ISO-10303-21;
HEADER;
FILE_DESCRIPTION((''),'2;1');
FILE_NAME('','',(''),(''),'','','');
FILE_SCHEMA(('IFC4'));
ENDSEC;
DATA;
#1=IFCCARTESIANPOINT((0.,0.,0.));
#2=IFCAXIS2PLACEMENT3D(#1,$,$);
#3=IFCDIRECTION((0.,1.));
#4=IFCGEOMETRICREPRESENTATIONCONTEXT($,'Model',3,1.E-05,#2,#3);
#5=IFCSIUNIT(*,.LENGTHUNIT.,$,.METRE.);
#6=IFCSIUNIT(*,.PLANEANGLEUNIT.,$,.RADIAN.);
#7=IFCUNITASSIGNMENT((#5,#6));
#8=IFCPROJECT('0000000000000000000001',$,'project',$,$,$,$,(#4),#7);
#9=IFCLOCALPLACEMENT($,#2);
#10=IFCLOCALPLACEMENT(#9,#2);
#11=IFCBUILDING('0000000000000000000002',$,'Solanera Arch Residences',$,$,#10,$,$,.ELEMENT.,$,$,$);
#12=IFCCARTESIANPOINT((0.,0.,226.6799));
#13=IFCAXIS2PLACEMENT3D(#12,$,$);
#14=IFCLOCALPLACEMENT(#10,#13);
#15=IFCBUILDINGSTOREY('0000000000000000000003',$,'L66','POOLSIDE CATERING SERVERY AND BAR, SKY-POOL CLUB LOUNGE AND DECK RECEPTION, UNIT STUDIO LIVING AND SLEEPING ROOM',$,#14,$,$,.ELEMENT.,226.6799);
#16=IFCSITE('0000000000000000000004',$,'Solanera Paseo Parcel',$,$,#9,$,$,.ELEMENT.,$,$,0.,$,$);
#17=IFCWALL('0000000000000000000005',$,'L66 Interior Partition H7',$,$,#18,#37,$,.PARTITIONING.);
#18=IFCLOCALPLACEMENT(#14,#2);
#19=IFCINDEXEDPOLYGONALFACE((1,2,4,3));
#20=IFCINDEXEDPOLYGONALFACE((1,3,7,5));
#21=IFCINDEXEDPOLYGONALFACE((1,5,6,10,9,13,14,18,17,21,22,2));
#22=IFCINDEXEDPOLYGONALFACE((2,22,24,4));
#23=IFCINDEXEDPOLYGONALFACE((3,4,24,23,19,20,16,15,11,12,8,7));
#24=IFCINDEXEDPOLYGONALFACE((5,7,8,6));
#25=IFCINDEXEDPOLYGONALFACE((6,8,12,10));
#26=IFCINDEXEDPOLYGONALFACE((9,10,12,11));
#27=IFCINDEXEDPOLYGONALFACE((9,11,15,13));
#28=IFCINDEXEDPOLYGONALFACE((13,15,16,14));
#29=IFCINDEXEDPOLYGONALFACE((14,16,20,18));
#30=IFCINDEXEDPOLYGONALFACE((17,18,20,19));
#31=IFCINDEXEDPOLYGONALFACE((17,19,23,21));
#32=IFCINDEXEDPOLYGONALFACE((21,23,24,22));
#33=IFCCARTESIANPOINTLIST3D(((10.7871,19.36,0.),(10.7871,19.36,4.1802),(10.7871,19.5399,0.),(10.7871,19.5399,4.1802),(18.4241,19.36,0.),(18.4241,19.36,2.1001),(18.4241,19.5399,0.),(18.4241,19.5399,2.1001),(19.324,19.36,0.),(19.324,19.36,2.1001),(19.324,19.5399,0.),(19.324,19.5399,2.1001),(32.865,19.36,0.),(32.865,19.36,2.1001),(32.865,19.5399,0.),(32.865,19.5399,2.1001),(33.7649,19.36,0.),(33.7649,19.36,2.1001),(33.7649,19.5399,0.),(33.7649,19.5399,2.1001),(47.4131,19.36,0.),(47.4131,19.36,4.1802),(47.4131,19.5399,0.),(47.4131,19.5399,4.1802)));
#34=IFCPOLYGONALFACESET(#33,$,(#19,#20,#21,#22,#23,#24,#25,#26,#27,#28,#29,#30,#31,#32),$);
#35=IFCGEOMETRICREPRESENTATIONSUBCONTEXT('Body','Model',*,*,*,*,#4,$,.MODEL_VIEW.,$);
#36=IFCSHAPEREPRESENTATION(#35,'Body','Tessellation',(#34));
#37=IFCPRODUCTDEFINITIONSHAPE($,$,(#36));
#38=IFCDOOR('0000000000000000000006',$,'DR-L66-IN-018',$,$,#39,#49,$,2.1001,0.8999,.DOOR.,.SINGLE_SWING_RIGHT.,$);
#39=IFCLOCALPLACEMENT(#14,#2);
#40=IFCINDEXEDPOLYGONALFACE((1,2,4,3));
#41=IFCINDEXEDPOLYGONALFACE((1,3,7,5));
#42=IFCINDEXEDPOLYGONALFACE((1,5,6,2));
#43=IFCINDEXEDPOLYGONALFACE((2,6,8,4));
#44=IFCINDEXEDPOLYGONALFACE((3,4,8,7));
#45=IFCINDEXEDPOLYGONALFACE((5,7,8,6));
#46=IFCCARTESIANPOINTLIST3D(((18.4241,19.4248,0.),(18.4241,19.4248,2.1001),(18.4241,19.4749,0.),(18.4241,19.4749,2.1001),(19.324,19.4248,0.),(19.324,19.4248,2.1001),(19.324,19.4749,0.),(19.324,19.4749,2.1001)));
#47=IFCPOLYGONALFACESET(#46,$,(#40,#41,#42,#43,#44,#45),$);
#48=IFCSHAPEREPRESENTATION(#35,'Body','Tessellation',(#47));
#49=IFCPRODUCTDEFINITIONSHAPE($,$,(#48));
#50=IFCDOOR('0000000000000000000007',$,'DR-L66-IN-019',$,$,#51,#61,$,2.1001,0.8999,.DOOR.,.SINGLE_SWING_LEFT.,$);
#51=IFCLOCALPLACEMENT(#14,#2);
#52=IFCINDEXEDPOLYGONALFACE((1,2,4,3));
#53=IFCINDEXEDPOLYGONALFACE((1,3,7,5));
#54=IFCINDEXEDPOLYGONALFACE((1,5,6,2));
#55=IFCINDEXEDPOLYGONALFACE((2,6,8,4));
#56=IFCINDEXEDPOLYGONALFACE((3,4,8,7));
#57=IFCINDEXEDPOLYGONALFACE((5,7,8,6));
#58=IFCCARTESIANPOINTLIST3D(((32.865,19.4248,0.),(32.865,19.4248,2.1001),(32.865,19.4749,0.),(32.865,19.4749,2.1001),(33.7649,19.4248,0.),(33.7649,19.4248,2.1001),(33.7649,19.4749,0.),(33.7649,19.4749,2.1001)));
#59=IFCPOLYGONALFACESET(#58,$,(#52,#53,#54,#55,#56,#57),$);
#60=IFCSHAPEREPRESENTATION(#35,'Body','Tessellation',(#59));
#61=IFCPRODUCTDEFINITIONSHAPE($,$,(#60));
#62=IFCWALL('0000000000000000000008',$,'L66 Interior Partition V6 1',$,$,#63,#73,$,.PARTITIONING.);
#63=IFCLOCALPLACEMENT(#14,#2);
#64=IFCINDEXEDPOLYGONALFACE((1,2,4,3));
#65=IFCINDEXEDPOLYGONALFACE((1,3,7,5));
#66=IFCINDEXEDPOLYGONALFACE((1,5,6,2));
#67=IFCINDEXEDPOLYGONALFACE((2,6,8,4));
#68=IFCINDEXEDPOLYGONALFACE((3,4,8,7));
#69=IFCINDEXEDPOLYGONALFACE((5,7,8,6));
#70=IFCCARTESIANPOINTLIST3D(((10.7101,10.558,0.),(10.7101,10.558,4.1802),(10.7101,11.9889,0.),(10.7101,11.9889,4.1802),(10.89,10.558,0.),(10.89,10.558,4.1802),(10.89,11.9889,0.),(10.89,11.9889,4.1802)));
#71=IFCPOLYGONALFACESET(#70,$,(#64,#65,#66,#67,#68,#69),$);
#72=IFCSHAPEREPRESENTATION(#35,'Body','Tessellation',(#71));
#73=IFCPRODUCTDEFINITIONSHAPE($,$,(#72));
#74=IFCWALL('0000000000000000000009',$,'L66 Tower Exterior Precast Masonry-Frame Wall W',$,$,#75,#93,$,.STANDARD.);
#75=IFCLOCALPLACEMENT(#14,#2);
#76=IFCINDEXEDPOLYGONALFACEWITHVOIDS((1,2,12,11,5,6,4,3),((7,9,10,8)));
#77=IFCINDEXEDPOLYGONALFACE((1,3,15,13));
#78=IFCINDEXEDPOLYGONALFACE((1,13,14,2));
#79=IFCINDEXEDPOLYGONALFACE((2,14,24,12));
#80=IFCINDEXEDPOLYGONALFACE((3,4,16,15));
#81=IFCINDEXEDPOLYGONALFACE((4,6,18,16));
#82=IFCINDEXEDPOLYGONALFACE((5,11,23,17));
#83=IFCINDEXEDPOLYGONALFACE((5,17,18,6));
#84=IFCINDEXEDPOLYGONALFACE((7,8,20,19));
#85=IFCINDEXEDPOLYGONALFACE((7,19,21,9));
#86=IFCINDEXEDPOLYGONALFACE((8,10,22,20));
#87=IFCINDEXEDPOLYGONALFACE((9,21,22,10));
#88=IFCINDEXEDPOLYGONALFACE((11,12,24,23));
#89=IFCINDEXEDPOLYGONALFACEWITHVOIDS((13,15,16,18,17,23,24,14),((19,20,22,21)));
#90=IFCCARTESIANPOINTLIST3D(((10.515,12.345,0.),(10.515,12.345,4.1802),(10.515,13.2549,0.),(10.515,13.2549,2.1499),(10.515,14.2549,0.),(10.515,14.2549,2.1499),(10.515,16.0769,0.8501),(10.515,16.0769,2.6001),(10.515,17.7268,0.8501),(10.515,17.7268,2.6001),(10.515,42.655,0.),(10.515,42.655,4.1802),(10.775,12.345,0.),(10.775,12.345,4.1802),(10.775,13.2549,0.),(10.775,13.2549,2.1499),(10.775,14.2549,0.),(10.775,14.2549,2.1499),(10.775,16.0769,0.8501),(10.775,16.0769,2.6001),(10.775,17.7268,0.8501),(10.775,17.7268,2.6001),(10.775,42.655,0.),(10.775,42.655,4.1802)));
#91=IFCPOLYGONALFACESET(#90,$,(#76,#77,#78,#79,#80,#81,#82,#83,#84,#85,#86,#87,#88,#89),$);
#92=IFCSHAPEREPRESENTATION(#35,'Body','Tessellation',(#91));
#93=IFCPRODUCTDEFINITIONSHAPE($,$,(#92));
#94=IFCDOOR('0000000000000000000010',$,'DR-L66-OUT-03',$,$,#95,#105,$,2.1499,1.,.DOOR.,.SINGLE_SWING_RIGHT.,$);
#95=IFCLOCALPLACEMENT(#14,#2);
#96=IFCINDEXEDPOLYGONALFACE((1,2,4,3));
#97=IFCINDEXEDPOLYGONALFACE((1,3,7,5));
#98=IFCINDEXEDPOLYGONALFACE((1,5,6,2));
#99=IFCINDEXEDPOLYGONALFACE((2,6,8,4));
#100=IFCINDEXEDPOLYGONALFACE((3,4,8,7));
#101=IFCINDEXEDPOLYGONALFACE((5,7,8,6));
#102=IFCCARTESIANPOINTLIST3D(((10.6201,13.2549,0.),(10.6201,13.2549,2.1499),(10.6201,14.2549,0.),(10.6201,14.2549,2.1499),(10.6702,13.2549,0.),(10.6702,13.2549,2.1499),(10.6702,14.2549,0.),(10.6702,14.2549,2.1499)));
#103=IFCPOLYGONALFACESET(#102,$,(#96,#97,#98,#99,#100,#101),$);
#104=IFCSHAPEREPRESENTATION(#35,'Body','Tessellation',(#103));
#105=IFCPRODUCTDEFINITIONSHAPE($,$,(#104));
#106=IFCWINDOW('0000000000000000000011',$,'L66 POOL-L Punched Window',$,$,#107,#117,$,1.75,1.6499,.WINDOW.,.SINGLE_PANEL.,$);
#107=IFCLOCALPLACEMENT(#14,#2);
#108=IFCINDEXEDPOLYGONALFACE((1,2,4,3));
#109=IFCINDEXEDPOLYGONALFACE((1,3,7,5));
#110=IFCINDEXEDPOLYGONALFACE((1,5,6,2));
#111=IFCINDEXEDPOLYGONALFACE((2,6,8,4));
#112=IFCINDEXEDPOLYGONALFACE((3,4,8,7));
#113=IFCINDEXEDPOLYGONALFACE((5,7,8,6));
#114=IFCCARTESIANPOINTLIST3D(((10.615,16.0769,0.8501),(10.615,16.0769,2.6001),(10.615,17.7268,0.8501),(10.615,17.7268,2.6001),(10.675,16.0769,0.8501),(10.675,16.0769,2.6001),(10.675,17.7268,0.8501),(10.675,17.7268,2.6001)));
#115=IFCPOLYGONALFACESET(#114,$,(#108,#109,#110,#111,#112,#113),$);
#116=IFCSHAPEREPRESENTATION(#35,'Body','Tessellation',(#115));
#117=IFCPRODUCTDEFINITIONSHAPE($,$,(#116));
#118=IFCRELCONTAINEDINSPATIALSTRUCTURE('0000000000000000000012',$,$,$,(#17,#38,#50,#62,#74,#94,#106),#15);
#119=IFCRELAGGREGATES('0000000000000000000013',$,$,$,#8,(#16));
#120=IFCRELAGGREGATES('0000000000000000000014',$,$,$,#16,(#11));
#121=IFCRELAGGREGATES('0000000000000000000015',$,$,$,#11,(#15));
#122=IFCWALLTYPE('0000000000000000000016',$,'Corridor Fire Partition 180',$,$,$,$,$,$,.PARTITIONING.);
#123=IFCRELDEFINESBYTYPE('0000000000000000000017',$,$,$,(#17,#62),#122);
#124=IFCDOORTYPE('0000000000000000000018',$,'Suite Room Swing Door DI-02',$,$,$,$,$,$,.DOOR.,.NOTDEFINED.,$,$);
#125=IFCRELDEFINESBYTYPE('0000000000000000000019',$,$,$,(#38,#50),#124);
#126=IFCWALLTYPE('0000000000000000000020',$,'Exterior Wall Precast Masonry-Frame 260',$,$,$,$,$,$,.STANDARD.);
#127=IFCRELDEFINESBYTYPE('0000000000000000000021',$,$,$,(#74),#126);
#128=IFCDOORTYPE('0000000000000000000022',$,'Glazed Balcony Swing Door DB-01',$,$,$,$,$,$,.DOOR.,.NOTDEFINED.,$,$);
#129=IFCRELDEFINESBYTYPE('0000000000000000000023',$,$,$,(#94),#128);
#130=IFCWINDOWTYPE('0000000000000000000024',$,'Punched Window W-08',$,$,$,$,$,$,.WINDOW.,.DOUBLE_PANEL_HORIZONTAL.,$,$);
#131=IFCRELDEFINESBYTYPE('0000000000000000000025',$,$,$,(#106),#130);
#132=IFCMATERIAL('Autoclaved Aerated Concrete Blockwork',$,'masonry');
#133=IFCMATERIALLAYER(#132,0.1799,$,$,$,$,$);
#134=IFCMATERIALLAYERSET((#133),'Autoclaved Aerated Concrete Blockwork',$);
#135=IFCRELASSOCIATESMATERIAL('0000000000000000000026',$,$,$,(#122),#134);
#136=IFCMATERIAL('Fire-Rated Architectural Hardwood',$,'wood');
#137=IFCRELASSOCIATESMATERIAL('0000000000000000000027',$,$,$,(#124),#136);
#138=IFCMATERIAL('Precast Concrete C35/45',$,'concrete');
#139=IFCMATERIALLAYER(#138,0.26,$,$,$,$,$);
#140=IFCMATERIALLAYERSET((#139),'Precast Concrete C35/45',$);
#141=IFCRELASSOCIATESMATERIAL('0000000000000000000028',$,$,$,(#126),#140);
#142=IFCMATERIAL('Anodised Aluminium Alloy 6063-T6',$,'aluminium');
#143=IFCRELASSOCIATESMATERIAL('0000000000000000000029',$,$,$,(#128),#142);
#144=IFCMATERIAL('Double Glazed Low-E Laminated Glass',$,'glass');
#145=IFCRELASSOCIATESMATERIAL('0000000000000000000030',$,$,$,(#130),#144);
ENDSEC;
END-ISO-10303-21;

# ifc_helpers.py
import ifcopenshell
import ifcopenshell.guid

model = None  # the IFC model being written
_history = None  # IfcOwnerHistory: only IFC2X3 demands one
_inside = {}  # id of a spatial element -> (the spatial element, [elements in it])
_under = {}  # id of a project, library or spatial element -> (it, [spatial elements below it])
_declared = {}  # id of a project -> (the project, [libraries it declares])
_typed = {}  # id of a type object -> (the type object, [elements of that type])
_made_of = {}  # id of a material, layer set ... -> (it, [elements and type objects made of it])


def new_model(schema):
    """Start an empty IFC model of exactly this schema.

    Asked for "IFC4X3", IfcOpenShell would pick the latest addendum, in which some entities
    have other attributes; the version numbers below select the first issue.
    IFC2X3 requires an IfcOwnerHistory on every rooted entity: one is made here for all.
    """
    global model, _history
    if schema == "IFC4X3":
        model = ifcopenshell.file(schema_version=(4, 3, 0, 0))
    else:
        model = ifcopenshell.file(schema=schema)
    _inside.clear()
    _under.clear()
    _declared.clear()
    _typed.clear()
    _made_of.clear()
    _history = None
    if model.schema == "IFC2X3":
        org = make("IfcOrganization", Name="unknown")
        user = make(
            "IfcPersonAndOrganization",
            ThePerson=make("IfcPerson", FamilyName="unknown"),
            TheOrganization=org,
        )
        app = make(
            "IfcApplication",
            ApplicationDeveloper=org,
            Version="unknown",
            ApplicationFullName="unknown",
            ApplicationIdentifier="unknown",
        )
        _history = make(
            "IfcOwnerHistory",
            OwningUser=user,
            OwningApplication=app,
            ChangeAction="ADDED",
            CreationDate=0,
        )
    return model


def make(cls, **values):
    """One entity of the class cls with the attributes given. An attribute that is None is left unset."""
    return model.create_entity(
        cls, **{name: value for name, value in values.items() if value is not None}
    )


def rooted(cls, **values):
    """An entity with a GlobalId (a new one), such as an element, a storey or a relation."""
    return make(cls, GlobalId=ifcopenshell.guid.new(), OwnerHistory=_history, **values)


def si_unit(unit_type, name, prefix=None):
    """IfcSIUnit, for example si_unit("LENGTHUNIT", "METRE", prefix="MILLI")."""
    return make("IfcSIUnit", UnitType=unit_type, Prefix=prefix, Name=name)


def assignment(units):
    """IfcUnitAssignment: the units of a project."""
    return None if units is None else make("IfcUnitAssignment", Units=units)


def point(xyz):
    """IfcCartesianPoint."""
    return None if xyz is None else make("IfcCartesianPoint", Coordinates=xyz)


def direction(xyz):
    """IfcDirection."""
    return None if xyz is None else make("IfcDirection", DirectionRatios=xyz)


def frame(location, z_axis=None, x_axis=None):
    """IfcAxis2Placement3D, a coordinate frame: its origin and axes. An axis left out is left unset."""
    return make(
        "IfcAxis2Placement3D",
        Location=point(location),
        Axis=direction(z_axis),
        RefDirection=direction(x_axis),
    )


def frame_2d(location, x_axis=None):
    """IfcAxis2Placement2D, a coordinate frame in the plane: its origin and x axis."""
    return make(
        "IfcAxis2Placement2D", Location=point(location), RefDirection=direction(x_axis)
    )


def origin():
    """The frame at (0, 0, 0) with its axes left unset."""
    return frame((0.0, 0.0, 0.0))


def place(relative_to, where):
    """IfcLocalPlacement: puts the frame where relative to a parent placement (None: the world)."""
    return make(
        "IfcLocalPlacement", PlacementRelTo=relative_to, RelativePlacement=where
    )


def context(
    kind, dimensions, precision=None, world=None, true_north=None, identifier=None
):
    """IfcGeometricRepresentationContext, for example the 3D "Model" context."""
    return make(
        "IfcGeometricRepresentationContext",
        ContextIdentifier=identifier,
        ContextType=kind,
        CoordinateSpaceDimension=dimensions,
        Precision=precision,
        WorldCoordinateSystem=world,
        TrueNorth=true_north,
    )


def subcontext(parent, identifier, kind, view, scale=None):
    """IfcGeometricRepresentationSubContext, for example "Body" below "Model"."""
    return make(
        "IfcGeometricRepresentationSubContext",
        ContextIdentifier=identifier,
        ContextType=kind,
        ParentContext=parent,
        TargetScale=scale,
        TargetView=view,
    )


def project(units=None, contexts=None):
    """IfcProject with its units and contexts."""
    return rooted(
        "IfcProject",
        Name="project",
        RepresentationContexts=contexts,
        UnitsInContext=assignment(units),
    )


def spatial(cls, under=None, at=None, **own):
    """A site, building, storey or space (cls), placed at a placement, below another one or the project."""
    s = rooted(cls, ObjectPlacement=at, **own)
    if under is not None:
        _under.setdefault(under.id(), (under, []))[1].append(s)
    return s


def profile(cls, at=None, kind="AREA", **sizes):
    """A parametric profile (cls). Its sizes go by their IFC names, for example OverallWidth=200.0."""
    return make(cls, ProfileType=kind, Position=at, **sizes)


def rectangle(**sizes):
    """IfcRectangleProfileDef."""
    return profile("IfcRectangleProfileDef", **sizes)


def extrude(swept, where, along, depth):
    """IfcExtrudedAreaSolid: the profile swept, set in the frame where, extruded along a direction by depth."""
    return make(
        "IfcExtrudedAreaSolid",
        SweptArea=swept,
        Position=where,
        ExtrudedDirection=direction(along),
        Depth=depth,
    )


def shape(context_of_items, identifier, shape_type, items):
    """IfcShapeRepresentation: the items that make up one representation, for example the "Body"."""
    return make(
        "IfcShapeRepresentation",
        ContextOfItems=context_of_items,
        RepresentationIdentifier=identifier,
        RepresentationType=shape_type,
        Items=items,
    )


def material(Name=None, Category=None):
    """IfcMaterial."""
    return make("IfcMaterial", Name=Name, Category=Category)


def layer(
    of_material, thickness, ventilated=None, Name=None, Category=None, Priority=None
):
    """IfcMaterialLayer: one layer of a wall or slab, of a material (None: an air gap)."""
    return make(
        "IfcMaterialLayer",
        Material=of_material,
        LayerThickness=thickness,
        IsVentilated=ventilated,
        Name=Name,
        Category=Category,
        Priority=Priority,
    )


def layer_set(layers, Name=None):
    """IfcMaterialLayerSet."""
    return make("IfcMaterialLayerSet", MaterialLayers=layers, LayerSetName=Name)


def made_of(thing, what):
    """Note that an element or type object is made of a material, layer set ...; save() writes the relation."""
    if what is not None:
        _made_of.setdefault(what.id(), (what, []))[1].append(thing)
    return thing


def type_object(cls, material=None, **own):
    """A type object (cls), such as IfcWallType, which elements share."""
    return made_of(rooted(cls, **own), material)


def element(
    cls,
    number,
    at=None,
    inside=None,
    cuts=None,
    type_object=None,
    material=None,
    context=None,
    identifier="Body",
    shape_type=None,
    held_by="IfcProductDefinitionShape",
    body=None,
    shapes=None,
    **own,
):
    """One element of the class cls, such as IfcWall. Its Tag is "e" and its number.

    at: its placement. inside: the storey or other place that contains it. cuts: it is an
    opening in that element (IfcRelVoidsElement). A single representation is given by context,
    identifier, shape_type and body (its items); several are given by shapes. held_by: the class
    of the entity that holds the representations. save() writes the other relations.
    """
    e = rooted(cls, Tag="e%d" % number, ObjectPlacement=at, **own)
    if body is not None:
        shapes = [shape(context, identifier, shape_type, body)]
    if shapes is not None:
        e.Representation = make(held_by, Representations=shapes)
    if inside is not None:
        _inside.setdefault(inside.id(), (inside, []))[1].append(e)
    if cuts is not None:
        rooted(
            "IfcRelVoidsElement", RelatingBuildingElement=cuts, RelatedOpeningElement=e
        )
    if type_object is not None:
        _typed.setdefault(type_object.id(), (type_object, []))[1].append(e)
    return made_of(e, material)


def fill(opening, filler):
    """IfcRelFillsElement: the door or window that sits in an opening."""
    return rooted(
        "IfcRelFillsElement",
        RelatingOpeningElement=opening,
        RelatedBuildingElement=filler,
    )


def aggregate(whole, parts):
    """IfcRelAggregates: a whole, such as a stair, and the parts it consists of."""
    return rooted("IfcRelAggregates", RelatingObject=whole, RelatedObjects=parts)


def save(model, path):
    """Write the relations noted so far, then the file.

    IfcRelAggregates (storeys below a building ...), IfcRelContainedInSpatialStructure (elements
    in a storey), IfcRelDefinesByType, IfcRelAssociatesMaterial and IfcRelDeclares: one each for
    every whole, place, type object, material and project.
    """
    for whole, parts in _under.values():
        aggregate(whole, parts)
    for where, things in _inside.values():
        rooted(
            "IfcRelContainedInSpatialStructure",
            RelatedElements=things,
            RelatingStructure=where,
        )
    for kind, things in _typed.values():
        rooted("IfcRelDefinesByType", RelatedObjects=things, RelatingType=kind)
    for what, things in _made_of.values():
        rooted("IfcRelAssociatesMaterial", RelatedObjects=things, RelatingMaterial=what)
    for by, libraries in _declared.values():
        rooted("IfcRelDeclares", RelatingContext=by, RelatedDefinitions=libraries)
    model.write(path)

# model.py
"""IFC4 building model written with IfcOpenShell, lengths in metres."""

from ifc_helpers import new_model, si_unit, direction, frame, frame_2d, origin, place, context, subcontext, project, spatial, rectangle, extrude, material, layer, layer_set, type_object, element, fill, save


model = new_model("IFC4")

# Units and contexts
model_context = context("Model", 3, precision=1e-05, world=origin(), true_north=direction((0.0, 1.0)))
body_context = subcontext(model_context, "Body", "Model", "MODEL_VIEW")
ifc_project = project(units=[si_unit("LENGTHUNIT", "METRE"), si_unit("PLANEANGLEUNIT", "RADIAN")], contexts=[model_context])

# Site, building, storey
site_placement = place(None, origin())
site = spatial("IfcSite", under=ifc_project, at=site_placement, Name="Solanera Paseo Parcel", CompositionType="ELEMENT", RefElevation=0.0)
building_placement = place(site_placement, origin())
building = spatial("IfcBuilding", under=site, at=building_placement, Name="Solanera Arch Residences", CompositionType="ELEMENT")
storey_placement = place(building_placement, frame((0.0, 0.0, 226.6799)))
storey = spatial("IfcBuildingStorey", under=building, at=storey_placement, Name="L66", Description="POOLSIDE CATERING SERVERY AND BAR, SKY-POOL CLUB LOUNGE AND DECK RECEPTION, UNIT STUDIO LIVING AND SLEEPING ROOM", CompositionType="ELEMENT", Elevation=226.6799)

# Wall, openings, doors
ifc_material_1 = material(Name="Autoclaved Aerated Concrete Blockwork", Category="masonry")
ifc_layer_1 = layer(ifc_material_1, 0.1799)
ifc_layer_set_1 = layer_set([ifc_layer_1], Name="Autoclaved Aerated Concrete Blockwork")
wall_type_1 = type_object("IfcWallType", Name="Corridor Fire Partition 180", PredefinedType="PARTITIONING", material=ifc_layer_set_1)
wall_1_placement = place(storey_placement, frame((10.7871, 19.45, 0.0), z_axis=(0.0, 0.0, 1.0), x_axis=(1.0, 0.0, 0.0)))
wall_1 = element("IfcWall", 1, at=wall_1_placement, inside=storey, type_object=wall_type_1, Name="L66 Interior Partition H7", PredefinedType="PARTITIONING", context=body_context, shape_type="SweptSolid", body=[
    extrude(rectangle(XDim=36.626, YDim=0.1799, at=frame_2d((18.313, 0.0))), origin(), (0.0, 0.0, 1.0), 4.1802),
])
opening_1_placement = place(wall_1_placement, frame((7.637, 0.0, 0.0)))
opening_1 = element("IfcOpeningElement", 2, at=opening_1_placement, cuts=wall_1, PredefinedType="OPENING", context=body_context, shape_type="SweptSolid", body=[
    extrude(rectangle(XDim=0.8999, YDim=2.1001, at=frame_2d((0.45, 1.05))), frame((0.0, 0.1001, 0.0), z_axis=(0.0, -1.0, 0.0), x_axis=(1.0, 0.0, 0.0)), (0.0, 0.0, 1.0), 0.1999),
])
opening_2_placement = place(wall_1_placement, frame((22.0779, 0.0, 0.0)))
opening_2 = element("IfcOpeningElement", 3, at=opening_2_placement, cuts=wall_1, PredefinedType="OPENING", context=body_context, shape_type="SweptSolid", body=[
    extrude(rectangle(XDim=0.8999, YDim=2.1001, at=frame_2d((0.45, 1.05))), frame((0.0, 0.1001, 0.0), z_axis=(0.0, -1.0, 0.0), x_axis=(1.0, 0.0, 0.0)), (0.0, 0.0, 1.0), 0.1999),
])
ifc_material_2 = material(Name="Fire-Rated Architectural Hardwood", Category="wood")
door_type_1 = type_object("IfcDoorType", Name="Suite Room Swing Door DI-02", OperationType="NOTDEFINED", PredefinedType="DOOR", material=ifc_material_2)
door_1_placement = place(opening_1_placement, origin())
door_1 = element("IfcDoor", 4, at=door_1_placement, inside=storey, type_object=door_type_1, Name="DR-L66-IN-018", OperationType="SINGLE_SWING_RIGHT", OverallHeight=2.1001, OverallWidth=0.8999, PredefinedType="DOOR", context=body_context, shape_type="SweptSolid", body=[
    extrude(rectangle(XDim=0.8999, YDim=2.1001, at=frame_2d((0.45, 1.05))), frame((0.0, 0.0249, 0.0), z_axis=(0.0, -1.0, 0.0), x_axis=(1.0, 0.0, 0.0)), (0.0, 0.0, 1.0), 0.05),
])
fill(opening_1, door_1)
door_2_placement = place(opening_2_placement, origin())
door_2 = element("IfcDoor", 5, at=door_2_placement, inside=storey, type_object=door_type_1, Name="DR-L66-IN-019", OperationType="SINGLE_SWING_LEFT", OverallHeight=2.1001, OverallWidth=0.8999, PredefinedType="DOOR", context=body_context, shape_type="SweptSolid", body=[
    extrude(rectangle(XDim=0.8999, YDim=2.1001, at=frame_2d((0.45, 1.05))), frame((0.0, 0.0249, 0.0), z_axis=(0.0, -1.0, 0.0), x_axis=(1.0, 0.0, 0.0)), (0.0, 0.0, 1.0), 0.05),
])
fill(opening_2, door_2)

# Wall
wall_2_placement = place(storey_placement, frame((10.8, 10.5581, 0.0), z_axis=(0.0, 0.0, 1.0), x_axis=(0.0, 1.0, 0.0)))
element("IfcWall", 6, at=wall_2_placement, inside=storey, type_object=wall_type_1, Name="L66 Interior Partition V6 1", PredefinedType="PARTITIONING", context=body_context, shape_type="SweptSolid", body=[
    extrude(rectangle(XDim=1.4309, YDim=0.1799, at=frame_2d((0.7153, 0.0))), origin(), (0.0, 0.0, 1.0), 4.1802),
])

# Wall, openings, door, window
ifc_material_3 = material(Name="Precast Concrete C35/45", Category="concrete")
ifc_layer_2 = layer(ifc_material_3, 0.26)
ifc_layer_set_2 = layer_set([ifc_layer_2], Name="Precast Concrete C35/45")
wall_type_2 = type_object("IfcWallType", Name="Exterior Wall Precast Masonry-Frame 260", PredefinedType="STANDARD", material=ifc_layer_set_2)
wall_3_placement = place(storey_placement, frame((10.645, 12.345, 0.0), z_axis=(0.0, 0.0, 1.0), x_axis=(0.0, 1.0, 0.0)))
wall_3 = element("IfcWall", 7, at=wall_3_placement, inside=storey, type_object=wall_type_2, Name="L66 Tower Exterior Precast Masonry-Frame Wall W", PredefinedType="STANDARD", context=body_context, shape_type="SweptSolid", body=[
    extrude(rectangle(XDim=30.3101, YDim=0.26, at=frame_2d((15.155, 0.0))), origin(), (0.0, 0.0, 1.0), 4.1802),
])
opening_3_placement = place(wall_3_placement, frame((0.9099, 0.0, 0.0)))
opening_3 = element("IfcOpeningElement", 8, at=opening_3_placement, cuts=wall_3, PredefinedType="OPENING", context=body_context, shape_type="SweptSolid", body=[
    extrude(rectangle(XDim=1.0, YDim=2.1499, at=frame_2d((0.5, 1.075))), frame((0.0, 0.1399, 0.0), z_axis=(0.0, -1.0, 0.0), x_axis=(1.0, 0.0, 0.0)), (0.0, 0.0, 1.0), 0.28),
])
opening_4_placement = place(wall_3_placement, frame((3.7319, 0.0, 0.8501)))
opening_4 = element("IfcOpeningElement", 9, at=opening_4_placement, cuts=wall_3, PredefinedType="OPENING", context=body_context, shape_type="SweptSolid", body=[
    extrude(rectangle(XDim=1.6499, YDim=1.75, at=frame_2d((0.825, 0.875))), frame((0.0, 0.1399, 0.0), z_axis=(0.0, -1.0, 0.0), x_axis=(1.0, 0.0, 0.0)), (0.0, 0.0, 1.0), 0.28),
])
ifc_material_4 = material(Name="Anodised Aluminium Alloy 6063-T6", Category="aluminium")
door_type_2 = type_object("IfcDoorType", Name="Glazed Balcony Swing Door DB-01", OperationType="NOTDEFINED", PredefinedType="DOOR", material=ifc_material_4)
door_3_placement = place(opening_3_placement, origin())
door_3 = element("IfcDoor", 10, at=door_3_placement, inside=storey, type_object=door_type_2, Name="DR-L66-OUT-03", OperationType="SINGLE_SWING_RIGHT", OverallHeight=2.1499, OverallWidth=1.0, PredefinedType="DOOR", context=body_context, shape_type="SweptSolid", body=[
    extrude(rectangle(XDim=1.0, YDim=2.1499, at=frame_2d((0.5, 1.075))), frame((0.0, 0.0249, 0.0), z_axis=(0.0, -1.0, 0.0), x_axis=(1.0, 0.0, 0.0)), (0.0, 0.0, 1.0), 0.05),
])
fill(opening_3, door_3)
ifc_material_5 = material(Name="Double Glazed Low-E Laminated Glass", Category="glass")
window_type = type_object("IfcWindowType", Name="Punched Window W-08", PartitioningType="DOUBLE_PANEL_HORIZONTAL", PredefinedType="WINDOW", material=ifc_material_5)
window_placement = place(opening_4_placement, origin())
window = element("IfcWindow", 11, at=window_placement, inside=storey, type_object=window_type, Name="L66 POOL-L Punched Window", OverallHeight=1.75, OverallWidth=1.6499, PartitioningType="SINGLE_PANEL", PredefinedType="WINDOW", context=body_context, shape_type="SweptSolid", body=[
    extrude(rectangle(XDim=1.6499, YDim=1.75, at=frame_2d((0.825, 0.875))), frame((0.0, 0.03, 0.0), z_axis=(0.0, -1.0, 0.0), x_axis=(1.0, 0.0, 0.0)), (0.0, 0.0, 1.0), 0.0601),
])
fill(opening_4, window)

save(model, "model.ifc")
